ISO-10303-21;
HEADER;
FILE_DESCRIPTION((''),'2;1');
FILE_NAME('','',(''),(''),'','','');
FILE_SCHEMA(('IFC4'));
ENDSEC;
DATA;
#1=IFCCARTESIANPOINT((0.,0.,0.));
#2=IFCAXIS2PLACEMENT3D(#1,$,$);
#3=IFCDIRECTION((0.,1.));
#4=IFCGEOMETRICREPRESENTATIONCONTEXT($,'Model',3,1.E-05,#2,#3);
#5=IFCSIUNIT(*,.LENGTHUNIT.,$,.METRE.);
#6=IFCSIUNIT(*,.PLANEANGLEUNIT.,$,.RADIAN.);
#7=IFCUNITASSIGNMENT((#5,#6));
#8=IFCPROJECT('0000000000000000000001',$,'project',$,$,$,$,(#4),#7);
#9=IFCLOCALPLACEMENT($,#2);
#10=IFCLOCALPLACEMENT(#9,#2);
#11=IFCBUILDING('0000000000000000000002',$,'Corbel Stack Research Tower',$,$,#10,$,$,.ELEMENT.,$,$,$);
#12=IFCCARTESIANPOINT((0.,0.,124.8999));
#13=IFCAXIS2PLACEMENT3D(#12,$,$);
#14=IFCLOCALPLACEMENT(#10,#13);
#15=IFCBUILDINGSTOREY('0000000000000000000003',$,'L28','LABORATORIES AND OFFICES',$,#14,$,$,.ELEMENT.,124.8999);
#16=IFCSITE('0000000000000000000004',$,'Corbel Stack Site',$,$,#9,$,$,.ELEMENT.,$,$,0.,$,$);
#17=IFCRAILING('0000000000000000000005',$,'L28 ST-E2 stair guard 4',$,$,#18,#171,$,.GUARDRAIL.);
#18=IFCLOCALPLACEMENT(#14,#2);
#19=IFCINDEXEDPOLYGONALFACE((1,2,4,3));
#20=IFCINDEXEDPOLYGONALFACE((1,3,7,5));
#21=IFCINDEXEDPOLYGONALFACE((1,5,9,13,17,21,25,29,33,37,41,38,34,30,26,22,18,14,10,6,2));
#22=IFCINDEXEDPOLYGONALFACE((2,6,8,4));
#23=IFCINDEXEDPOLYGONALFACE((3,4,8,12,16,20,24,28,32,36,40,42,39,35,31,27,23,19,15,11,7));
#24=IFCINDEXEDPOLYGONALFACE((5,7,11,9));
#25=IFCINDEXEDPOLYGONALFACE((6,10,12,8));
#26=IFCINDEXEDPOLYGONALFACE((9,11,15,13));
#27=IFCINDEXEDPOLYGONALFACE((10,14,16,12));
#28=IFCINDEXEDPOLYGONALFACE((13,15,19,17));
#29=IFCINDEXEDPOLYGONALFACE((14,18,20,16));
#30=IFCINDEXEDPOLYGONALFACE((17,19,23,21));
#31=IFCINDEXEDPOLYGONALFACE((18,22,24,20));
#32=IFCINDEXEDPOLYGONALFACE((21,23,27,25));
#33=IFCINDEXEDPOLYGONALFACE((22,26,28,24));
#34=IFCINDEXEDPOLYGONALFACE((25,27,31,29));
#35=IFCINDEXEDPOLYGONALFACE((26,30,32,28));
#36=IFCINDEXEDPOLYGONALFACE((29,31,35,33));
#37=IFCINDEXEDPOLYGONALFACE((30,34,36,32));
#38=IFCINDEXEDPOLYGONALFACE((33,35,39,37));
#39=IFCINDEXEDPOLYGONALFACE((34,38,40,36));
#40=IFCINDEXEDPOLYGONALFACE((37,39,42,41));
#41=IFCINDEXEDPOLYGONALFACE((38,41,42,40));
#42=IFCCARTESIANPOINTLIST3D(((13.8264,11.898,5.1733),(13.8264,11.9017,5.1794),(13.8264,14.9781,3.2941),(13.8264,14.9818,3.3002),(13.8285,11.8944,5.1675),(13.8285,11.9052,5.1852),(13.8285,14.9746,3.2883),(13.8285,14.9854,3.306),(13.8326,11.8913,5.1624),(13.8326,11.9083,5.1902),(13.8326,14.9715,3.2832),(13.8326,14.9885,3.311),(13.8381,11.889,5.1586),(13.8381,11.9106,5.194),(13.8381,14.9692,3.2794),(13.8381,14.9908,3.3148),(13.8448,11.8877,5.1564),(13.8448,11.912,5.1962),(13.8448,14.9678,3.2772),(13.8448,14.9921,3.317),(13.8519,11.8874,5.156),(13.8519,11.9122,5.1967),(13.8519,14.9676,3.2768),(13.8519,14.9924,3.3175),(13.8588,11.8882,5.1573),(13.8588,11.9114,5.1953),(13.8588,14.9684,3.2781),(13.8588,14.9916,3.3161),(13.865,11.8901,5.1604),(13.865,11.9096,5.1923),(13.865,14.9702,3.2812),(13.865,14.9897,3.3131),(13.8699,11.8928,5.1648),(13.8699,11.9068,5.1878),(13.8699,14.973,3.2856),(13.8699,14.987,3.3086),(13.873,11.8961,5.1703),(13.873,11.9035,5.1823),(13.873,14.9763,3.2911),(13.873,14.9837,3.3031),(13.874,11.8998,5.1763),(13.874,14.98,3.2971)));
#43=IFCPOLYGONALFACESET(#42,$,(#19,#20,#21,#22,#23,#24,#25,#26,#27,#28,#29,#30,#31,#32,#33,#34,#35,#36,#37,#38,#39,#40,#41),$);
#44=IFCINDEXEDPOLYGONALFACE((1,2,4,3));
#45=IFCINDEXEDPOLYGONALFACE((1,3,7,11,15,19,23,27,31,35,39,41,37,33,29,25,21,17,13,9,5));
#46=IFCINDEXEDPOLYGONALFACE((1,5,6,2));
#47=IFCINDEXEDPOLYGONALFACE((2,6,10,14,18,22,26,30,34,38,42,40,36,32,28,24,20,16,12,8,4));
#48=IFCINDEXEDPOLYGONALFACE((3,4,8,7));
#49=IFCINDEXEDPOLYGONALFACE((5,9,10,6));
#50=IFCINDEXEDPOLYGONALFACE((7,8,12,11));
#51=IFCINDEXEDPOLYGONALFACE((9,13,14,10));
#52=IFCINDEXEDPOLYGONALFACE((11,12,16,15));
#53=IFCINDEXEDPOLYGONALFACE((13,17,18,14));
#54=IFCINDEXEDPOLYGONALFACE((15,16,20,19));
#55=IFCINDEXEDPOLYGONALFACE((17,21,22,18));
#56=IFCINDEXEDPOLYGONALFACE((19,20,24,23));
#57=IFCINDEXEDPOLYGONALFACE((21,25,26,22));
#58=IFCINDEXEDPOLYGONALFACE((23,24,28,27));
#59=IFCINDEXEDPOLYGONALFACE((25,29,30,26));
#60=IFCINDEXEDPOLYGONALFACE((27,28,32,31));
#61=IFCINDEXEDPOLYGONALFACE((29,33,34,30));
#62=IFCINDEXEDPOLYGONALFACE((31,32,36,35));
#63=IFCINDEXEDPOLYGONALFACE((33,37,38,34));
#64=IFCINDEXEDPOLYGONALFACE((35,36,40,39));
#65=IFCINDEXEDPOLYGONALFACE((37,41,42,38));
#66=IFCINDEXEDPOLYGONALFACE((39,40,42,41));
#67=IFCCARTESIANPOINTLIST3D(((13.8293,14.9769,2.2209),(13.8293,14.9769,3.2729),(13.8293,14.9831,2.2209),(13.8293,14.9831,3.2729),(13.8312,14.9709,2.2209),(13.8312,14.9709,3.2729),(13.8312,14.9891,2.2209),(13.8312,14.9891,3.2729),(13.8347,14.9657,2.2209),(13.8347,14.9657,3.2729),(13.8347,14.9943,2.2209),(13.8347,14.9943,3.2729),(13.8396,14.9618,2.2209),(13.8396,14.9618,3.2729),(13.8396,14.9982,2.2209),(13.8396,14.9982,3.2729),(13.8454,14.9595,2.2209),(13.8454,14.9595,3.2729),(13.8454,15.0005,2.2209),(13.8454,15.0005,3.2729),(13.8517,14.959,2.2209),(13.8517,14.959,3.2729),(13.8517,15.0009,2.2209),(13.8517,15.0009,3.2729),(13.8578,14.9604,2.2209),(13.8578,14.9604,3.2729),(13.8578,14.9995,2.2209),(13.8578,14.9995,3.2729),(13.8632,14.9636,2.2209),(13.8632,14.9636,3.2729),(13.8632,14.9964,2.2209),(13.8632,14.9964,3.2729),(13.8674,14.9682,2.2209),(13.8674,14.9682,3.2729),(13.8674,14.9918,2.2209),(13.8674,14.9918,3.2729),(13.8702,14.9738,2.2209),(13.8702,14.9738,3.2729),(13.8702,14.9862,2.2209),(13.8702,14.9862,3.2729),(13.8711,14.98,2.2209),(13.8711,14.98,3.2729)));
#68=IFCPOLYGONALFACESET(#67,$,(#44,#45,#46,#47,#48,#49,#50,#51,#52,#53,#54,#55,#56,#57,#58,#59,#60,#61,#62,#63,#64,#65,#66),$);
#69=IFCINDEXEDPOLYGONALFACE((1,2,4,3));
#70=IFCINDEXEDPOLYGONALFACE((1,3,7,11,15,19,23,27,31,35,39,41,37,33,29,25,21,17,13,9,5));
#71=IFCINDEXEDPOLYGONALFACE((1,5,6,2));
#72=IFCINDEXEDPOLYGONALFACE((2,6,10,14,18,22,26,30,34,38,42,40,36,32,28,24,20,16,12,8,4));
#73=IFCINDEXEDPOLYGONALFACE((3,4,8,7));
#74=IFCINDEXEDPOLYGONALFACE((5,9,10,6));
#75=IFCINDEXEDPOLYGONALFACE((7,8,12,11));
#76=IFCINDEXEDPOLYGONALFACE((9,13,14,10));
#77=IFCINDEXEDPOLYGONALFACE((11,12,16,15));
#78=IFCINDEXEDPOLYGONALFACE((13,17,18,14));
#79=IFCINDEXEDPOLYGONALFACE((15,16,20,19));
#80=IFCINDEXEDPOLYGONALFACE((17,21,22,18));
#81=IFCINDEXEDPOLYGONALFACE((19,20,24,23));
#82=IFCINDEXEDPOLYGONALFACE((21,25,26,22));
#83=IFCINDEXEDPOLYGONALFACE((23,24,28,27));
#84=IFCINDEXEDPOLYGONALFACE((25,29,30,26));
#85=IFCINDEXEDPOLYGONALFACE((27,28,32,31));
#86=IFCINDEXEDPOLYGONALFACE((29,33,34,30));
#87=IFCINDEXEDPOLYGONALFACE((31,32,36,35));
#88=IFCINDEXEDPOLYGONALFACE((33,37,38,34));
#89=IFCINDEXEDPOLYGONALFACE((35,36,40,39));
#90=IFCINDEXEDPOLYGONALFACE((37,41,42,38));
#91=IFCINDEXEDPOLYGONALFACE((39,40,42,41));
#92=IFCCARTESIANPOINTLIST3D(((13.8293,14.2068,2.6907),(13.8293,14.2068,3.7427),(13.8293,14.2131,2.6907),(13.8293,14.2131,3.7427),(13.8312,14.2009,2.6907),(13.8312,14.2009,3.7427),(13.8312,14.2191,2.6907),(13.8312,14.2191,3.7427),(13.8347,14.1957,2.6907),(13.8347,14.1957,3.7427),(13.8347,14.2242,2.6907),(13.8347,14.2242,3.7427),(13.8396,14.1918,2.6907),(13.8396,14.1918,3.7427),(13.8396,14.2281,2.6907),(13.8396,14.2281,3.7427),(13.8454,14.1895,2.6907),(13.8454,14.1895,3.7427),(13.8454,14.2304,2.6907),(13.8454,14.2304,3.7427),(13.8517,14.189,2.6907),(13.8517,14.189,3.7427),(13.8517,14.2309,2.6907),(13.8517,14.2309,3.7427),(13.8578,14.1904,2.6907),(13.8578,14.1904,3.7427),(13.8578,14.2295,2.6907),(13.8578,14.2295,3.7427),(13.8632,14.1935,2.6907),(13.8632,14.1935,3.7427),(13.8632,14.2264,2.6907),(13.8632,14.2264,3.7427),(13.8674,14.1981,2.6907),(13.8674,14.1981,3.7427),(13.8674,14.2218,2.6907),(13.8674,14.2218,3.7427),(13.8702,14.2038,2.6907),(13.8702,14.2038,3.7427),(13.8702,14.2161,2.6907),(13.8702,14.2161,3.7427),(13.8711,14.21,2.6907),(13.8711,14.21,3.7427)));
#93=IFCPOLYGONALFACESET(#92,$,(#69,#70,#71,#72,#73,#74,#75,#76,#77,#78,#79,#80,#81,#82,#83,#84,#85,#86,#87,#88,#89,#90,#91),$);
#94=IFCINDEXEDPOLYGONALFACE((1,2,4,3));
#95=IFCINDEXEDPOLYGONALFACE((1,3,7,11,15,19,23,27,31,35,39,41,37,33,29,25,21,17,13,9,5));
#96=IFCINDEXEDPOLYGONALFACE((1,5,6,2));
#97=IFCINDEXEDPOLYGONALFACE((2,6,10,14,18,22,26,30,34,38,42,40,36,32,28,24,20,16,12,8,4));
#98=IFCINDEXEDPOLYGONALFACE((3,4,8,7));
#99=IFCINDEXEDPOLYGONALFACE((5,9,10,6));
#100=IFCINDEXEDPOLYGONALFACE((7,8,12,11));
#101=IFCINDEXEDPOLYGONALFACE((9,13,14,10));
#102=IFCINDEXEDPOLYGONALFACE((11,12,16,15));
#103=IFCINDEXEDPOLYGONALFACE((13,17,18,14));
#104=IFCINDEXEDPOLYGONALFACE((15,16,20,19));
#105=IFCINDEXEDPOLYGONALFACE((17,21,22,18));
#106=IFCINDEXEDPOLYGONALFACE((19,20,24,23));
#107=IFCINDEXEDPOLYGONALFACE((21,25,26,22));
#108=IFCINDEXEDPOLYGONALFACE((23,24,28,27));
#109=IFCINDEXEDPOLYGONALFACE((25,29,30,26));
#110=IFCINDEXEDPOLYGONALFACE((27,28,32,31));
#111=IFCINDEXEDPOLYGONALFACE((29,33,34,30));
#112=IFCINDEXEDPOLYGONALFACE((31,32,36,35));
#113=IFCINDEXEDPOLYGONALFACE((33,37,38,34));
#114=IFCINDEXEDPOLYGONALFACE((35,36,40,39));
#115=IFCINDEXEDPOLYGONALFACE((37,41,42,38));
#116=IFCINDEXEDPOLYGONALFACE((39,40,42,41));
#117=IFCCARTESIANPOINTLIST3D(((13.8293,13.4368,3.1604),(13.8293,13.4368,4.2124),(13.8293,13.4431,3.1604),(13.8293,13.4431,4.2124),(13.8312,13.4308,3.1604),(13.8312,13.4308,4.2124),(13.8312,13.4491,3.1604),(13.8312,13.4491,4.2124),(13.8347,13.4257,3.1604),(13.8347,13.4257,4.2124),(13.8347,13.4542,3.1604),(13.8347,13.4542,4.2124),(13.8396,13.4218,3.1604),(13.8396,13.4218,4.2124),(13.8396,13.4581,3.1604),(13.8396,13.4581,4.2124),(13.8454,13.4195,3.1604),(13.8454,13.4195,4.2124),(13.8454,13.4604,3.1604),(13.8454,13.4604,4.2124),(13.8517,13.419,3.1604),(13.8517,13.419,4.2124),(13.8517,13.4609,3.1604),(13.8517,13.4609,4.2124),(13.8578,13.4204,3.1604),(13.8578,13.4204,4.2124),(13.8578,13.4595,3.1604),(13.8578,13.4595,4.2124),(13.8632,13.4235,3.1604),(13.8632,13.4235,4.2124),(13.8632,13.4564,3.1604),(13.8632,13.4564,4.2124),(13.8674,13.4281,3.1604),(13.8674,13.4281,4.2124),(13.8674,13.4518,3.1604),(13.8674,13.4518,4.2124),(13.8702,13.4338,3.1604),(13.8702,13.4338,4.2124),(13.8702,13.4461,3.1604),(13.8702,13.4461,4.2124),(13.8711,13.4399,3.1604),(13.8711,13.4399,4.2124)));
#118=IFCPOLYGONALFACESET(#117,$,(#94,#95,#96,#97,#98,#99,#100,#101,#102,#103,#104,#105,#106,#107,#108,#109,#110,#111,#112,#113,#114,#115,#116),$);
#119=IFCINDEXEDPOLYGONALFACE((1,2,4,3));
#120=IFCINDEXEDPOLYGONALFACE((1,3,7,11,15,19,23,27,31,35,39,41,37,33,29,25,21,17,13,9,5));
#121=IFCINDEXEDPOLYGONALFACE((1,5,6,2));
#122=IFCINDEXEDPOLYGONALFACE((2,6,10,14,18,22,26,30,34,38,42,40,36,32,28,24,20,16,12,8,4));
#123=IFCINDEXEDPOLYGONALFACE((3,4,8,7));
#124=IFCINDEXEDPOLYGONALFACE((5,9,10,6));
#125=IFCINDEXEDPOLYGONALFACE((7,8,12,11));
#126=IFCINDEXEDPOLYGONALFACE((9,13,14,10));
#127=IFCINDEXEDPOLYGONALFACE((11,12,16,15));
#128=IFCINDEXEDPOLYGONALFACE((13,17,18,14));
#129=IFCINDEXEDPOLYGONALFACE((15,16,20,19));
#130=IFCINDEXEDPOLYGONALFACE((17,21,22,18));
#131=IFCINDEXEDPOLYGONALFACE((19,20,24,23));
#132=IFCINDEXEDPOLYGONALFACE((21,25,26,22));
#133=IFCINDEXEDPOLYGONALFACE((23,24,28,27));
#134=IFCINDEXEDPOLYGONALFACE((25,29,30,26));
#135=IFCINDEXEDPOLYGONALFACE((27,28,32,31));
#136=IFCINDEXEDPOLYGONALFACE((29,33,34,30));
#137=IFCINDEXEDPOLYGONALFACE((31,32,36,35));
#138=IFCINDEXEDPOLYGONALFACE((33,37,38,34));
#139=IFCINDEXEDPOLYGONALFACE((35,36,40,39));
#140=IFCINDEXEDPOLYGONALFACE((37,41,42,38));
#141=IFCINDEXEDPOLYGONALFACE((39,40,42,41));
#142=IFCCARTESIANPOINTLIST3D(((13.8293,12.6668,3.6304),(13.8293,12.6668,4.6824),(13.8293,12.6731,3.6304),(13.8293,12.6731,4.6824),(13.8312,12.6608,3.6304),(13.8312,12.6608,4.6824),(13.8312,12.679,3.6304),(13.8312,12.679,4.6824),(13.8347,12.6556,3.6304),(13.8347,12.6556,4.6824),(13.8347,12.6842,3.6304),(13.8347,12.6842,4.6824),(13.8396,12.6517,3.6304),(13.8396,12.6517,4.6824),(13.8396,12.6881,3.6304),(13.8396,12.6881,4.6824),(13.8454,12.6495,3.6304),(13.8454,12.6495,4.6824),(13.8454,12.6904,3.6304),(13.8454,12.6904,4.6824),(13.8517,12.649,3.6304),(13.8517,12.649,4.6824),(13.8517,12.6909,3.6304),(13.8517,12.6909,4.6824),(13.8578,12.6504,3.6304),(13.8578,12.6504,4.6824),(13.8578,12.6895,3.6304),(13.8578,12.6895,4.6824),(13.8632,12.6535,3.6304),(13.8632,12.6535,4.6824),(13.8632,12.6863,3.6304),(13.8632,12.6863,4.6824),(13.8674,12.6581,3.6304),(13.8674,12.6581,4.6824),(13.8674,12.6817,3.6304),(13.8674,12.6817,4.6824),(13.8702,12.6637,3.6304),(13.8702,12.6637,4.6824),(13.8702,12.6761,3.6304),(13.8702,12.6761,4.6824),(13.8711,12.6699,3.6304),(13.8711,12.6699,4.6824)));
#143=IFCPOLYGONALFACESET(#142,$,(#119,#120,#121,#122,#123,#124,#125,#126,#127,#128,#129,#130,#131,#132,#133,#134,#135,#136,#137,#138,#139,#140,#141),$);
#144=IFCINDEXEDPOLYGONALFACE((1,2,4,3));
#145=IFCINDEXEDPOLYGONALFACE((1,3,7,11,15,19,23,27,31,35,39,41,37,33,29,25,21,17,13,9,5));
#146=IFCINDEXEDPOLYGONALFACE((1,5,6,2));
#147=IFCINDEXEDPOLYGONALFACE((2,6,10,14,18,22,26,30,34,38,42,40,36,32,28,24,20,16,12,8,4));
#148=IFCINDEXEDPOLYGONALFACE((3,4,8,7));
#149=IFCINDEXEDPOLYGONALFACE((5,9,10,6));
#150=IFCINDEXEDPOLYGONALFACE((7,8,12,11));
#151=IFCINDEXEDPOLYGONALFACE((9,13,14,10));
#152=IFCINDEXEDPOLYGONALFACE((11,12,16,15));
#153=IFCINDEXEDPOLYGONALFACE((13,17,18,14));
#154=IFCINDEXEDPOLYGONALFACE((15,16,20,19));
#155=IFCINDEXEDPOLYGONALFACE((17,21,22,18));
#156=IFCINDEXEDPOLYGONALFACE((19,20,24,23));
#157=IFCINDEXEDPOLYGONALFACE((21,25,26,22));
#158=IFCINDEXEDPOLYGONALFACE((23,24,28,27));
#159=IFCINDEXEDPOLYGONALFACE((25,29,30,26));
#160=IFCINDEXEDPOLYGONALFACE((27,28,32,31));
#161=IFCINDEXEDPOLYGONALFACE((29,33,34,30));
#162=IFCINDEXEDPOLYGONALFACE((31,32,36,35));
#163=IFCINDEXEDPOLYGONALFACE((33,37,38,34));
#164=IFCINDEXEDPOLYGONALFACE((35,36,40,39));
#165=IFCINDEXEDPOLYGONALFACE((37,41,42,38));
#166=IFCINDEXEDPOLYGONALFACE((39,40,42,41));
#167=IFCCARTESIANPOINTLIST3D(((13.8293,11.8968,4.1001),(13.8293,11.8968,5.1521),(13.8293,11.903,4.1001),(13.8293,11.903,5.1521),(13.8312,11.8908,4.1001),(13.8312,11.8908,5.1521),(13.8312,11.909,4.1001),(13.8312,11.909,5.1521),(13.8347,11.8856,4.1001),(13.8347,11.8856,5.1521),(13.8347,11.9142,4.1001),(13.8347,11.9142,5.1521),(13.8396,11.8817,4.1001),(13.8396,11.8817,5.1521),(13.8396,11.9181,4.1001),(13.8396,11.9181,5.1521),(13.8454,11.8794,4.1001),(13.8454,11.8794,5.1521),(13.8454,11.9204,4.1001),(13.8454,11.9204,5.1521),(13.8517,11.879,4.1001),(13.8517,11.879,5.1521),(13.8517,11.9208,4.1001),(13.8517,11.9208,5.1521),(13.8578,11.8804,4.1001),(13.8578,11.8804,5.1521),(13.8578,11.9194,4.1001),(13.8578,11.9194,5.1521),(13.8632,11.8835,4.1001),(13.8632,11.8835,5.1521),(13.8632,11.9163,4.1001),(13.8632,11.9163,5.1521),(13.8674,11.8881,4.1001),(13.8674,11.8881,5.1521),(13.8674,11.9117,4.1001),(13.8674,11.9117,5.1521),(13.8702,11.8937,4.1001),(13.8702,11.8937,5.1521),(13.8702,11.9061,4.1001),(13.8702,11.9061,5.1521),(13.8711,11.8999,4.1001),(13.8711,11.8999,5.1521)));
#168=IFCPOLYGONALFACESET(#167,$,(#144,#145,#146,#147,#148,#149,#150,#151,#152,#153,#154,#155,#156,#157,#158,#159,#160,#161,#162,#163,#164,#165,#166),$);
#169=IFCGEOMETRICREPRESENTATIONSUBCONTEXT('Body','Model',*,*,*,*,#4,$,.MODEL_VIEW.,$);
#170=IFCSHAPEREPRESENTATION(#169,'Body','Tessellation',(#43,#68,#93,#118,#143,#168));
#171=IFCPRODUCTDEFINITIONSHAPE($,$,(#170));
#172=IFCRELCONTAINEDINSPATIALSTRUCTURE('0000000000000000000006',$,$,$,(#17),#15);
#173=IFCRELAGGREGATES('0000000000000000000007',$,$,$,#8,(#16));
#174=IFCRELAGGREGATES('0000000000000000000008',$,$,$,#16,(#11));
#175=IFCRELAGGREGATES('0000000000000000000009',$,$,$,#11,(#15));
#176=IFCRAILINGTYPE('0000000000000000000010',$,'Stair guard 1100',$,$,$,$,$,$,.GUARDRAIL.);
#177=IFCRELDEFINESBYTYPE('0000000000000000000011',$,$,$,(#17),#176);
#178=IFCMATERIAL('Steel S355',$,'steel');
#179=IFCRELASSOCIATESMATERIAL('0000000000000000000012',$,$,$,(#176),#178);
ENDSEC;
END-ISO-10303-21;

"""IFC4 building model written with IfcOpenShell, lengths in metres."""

from ifc_helpers import new_model, si_unit, direction, frame, origin, origin_2d, place, context, subcontext, project, spatial, circle, extrude, material, type_object, element, save


model = new_model("IFC4")

# Units and contexts
model_context = context("Model", 3, precision=1e-05, world=origin(), true_north=direction((0.0, 1.0)))
body_context = subcontext(model_context, "Body", "Model", "MODEL_VIEW")
ifc_project = project(units=[si_unit("LENGTHUNIT", "METRE"), si_unit("PLANEANGLEUNIT", "RADIAN")], contexts=[model_context])

# Site, building, storey
site_placement = place(None, origin())
site = spatial("IfcSite", under=ifc_project, at=site_placement, Name="Corbel Stack Site", CompositionType="ELEMENT", RefElevation=0.0)
building_placement = place(site_placement, origin())
building = spatial("IfcBuilding", under=site, at=building_placement, Name="Corbel Stack Research Tower", CompositionType="ELEMENT")
storey_placement = place(building_placement, frame((0.0, 0.0, 124.8999)))
storey = spatial("IfcBuildingStorey", under=building, at=storey_placement, Name="L28", Description="LABORATORIES AND OFFICES", CompositionType="ELEMENT", Elevation=124.8999)

# Railing
ifc_material_1 = material(Name="Steel S355", Category="steel")
railing_type_1 = type_object("IfcRailingType", Name="Stair guard 1100", PredefinedType="GUARDRAIL", material=ifc_material_1)
railing_1_placement = place(storey_placement, frame((13.8501, 14.98, 2.2209)))
element("IfcRailing", 1, at=railing_1_placement, inside=storey, type_object=railing_type_1, Name="L28 ST-E2 stair guard 4", PredefinedType="GUARDRAIL", context=body_context, shape_type="SweptSolid", body=[
    extrude(circle(Radius=0.0239, at=origin_2d()), frame((0.0, 0.0, 1.0762), z_axis=(0.0, -0.853666, 0.52082), x_axis=(1.0, 0.0, 0.0)), (0.0, 0.0, 1.0), 3.6082),
    extrude(circle(Radius=0.021, at=origin_2d()), origin(), (0.0, 0.0, 1.0), 1.052),
    extrude(circle(Radius=0.021, at=origin_2d()), frame((0.0, -0.77, 0.4697)), (0.0, 0.0, 1.0), 1.052),
    extrude(circle(Radius=0.021, at=origin_2d()), frame((0.0, -1.54, 0.9395)), (0.0, 0.0, 1.0), 1.052),
    extrude(circle(Radius=0.021, at=origin_2d()), frame((0.0, -2.3101, 1.4094)), (0.0, 0.0, 1.0), 1.052),
    extrude(circle(Radius=0.021, at=origin_2d()), frame((0.0, -3.0801, 1.8792)), (0.0, 0.0, 1.0), 1.052),
])

save(model, "model.ifc")
